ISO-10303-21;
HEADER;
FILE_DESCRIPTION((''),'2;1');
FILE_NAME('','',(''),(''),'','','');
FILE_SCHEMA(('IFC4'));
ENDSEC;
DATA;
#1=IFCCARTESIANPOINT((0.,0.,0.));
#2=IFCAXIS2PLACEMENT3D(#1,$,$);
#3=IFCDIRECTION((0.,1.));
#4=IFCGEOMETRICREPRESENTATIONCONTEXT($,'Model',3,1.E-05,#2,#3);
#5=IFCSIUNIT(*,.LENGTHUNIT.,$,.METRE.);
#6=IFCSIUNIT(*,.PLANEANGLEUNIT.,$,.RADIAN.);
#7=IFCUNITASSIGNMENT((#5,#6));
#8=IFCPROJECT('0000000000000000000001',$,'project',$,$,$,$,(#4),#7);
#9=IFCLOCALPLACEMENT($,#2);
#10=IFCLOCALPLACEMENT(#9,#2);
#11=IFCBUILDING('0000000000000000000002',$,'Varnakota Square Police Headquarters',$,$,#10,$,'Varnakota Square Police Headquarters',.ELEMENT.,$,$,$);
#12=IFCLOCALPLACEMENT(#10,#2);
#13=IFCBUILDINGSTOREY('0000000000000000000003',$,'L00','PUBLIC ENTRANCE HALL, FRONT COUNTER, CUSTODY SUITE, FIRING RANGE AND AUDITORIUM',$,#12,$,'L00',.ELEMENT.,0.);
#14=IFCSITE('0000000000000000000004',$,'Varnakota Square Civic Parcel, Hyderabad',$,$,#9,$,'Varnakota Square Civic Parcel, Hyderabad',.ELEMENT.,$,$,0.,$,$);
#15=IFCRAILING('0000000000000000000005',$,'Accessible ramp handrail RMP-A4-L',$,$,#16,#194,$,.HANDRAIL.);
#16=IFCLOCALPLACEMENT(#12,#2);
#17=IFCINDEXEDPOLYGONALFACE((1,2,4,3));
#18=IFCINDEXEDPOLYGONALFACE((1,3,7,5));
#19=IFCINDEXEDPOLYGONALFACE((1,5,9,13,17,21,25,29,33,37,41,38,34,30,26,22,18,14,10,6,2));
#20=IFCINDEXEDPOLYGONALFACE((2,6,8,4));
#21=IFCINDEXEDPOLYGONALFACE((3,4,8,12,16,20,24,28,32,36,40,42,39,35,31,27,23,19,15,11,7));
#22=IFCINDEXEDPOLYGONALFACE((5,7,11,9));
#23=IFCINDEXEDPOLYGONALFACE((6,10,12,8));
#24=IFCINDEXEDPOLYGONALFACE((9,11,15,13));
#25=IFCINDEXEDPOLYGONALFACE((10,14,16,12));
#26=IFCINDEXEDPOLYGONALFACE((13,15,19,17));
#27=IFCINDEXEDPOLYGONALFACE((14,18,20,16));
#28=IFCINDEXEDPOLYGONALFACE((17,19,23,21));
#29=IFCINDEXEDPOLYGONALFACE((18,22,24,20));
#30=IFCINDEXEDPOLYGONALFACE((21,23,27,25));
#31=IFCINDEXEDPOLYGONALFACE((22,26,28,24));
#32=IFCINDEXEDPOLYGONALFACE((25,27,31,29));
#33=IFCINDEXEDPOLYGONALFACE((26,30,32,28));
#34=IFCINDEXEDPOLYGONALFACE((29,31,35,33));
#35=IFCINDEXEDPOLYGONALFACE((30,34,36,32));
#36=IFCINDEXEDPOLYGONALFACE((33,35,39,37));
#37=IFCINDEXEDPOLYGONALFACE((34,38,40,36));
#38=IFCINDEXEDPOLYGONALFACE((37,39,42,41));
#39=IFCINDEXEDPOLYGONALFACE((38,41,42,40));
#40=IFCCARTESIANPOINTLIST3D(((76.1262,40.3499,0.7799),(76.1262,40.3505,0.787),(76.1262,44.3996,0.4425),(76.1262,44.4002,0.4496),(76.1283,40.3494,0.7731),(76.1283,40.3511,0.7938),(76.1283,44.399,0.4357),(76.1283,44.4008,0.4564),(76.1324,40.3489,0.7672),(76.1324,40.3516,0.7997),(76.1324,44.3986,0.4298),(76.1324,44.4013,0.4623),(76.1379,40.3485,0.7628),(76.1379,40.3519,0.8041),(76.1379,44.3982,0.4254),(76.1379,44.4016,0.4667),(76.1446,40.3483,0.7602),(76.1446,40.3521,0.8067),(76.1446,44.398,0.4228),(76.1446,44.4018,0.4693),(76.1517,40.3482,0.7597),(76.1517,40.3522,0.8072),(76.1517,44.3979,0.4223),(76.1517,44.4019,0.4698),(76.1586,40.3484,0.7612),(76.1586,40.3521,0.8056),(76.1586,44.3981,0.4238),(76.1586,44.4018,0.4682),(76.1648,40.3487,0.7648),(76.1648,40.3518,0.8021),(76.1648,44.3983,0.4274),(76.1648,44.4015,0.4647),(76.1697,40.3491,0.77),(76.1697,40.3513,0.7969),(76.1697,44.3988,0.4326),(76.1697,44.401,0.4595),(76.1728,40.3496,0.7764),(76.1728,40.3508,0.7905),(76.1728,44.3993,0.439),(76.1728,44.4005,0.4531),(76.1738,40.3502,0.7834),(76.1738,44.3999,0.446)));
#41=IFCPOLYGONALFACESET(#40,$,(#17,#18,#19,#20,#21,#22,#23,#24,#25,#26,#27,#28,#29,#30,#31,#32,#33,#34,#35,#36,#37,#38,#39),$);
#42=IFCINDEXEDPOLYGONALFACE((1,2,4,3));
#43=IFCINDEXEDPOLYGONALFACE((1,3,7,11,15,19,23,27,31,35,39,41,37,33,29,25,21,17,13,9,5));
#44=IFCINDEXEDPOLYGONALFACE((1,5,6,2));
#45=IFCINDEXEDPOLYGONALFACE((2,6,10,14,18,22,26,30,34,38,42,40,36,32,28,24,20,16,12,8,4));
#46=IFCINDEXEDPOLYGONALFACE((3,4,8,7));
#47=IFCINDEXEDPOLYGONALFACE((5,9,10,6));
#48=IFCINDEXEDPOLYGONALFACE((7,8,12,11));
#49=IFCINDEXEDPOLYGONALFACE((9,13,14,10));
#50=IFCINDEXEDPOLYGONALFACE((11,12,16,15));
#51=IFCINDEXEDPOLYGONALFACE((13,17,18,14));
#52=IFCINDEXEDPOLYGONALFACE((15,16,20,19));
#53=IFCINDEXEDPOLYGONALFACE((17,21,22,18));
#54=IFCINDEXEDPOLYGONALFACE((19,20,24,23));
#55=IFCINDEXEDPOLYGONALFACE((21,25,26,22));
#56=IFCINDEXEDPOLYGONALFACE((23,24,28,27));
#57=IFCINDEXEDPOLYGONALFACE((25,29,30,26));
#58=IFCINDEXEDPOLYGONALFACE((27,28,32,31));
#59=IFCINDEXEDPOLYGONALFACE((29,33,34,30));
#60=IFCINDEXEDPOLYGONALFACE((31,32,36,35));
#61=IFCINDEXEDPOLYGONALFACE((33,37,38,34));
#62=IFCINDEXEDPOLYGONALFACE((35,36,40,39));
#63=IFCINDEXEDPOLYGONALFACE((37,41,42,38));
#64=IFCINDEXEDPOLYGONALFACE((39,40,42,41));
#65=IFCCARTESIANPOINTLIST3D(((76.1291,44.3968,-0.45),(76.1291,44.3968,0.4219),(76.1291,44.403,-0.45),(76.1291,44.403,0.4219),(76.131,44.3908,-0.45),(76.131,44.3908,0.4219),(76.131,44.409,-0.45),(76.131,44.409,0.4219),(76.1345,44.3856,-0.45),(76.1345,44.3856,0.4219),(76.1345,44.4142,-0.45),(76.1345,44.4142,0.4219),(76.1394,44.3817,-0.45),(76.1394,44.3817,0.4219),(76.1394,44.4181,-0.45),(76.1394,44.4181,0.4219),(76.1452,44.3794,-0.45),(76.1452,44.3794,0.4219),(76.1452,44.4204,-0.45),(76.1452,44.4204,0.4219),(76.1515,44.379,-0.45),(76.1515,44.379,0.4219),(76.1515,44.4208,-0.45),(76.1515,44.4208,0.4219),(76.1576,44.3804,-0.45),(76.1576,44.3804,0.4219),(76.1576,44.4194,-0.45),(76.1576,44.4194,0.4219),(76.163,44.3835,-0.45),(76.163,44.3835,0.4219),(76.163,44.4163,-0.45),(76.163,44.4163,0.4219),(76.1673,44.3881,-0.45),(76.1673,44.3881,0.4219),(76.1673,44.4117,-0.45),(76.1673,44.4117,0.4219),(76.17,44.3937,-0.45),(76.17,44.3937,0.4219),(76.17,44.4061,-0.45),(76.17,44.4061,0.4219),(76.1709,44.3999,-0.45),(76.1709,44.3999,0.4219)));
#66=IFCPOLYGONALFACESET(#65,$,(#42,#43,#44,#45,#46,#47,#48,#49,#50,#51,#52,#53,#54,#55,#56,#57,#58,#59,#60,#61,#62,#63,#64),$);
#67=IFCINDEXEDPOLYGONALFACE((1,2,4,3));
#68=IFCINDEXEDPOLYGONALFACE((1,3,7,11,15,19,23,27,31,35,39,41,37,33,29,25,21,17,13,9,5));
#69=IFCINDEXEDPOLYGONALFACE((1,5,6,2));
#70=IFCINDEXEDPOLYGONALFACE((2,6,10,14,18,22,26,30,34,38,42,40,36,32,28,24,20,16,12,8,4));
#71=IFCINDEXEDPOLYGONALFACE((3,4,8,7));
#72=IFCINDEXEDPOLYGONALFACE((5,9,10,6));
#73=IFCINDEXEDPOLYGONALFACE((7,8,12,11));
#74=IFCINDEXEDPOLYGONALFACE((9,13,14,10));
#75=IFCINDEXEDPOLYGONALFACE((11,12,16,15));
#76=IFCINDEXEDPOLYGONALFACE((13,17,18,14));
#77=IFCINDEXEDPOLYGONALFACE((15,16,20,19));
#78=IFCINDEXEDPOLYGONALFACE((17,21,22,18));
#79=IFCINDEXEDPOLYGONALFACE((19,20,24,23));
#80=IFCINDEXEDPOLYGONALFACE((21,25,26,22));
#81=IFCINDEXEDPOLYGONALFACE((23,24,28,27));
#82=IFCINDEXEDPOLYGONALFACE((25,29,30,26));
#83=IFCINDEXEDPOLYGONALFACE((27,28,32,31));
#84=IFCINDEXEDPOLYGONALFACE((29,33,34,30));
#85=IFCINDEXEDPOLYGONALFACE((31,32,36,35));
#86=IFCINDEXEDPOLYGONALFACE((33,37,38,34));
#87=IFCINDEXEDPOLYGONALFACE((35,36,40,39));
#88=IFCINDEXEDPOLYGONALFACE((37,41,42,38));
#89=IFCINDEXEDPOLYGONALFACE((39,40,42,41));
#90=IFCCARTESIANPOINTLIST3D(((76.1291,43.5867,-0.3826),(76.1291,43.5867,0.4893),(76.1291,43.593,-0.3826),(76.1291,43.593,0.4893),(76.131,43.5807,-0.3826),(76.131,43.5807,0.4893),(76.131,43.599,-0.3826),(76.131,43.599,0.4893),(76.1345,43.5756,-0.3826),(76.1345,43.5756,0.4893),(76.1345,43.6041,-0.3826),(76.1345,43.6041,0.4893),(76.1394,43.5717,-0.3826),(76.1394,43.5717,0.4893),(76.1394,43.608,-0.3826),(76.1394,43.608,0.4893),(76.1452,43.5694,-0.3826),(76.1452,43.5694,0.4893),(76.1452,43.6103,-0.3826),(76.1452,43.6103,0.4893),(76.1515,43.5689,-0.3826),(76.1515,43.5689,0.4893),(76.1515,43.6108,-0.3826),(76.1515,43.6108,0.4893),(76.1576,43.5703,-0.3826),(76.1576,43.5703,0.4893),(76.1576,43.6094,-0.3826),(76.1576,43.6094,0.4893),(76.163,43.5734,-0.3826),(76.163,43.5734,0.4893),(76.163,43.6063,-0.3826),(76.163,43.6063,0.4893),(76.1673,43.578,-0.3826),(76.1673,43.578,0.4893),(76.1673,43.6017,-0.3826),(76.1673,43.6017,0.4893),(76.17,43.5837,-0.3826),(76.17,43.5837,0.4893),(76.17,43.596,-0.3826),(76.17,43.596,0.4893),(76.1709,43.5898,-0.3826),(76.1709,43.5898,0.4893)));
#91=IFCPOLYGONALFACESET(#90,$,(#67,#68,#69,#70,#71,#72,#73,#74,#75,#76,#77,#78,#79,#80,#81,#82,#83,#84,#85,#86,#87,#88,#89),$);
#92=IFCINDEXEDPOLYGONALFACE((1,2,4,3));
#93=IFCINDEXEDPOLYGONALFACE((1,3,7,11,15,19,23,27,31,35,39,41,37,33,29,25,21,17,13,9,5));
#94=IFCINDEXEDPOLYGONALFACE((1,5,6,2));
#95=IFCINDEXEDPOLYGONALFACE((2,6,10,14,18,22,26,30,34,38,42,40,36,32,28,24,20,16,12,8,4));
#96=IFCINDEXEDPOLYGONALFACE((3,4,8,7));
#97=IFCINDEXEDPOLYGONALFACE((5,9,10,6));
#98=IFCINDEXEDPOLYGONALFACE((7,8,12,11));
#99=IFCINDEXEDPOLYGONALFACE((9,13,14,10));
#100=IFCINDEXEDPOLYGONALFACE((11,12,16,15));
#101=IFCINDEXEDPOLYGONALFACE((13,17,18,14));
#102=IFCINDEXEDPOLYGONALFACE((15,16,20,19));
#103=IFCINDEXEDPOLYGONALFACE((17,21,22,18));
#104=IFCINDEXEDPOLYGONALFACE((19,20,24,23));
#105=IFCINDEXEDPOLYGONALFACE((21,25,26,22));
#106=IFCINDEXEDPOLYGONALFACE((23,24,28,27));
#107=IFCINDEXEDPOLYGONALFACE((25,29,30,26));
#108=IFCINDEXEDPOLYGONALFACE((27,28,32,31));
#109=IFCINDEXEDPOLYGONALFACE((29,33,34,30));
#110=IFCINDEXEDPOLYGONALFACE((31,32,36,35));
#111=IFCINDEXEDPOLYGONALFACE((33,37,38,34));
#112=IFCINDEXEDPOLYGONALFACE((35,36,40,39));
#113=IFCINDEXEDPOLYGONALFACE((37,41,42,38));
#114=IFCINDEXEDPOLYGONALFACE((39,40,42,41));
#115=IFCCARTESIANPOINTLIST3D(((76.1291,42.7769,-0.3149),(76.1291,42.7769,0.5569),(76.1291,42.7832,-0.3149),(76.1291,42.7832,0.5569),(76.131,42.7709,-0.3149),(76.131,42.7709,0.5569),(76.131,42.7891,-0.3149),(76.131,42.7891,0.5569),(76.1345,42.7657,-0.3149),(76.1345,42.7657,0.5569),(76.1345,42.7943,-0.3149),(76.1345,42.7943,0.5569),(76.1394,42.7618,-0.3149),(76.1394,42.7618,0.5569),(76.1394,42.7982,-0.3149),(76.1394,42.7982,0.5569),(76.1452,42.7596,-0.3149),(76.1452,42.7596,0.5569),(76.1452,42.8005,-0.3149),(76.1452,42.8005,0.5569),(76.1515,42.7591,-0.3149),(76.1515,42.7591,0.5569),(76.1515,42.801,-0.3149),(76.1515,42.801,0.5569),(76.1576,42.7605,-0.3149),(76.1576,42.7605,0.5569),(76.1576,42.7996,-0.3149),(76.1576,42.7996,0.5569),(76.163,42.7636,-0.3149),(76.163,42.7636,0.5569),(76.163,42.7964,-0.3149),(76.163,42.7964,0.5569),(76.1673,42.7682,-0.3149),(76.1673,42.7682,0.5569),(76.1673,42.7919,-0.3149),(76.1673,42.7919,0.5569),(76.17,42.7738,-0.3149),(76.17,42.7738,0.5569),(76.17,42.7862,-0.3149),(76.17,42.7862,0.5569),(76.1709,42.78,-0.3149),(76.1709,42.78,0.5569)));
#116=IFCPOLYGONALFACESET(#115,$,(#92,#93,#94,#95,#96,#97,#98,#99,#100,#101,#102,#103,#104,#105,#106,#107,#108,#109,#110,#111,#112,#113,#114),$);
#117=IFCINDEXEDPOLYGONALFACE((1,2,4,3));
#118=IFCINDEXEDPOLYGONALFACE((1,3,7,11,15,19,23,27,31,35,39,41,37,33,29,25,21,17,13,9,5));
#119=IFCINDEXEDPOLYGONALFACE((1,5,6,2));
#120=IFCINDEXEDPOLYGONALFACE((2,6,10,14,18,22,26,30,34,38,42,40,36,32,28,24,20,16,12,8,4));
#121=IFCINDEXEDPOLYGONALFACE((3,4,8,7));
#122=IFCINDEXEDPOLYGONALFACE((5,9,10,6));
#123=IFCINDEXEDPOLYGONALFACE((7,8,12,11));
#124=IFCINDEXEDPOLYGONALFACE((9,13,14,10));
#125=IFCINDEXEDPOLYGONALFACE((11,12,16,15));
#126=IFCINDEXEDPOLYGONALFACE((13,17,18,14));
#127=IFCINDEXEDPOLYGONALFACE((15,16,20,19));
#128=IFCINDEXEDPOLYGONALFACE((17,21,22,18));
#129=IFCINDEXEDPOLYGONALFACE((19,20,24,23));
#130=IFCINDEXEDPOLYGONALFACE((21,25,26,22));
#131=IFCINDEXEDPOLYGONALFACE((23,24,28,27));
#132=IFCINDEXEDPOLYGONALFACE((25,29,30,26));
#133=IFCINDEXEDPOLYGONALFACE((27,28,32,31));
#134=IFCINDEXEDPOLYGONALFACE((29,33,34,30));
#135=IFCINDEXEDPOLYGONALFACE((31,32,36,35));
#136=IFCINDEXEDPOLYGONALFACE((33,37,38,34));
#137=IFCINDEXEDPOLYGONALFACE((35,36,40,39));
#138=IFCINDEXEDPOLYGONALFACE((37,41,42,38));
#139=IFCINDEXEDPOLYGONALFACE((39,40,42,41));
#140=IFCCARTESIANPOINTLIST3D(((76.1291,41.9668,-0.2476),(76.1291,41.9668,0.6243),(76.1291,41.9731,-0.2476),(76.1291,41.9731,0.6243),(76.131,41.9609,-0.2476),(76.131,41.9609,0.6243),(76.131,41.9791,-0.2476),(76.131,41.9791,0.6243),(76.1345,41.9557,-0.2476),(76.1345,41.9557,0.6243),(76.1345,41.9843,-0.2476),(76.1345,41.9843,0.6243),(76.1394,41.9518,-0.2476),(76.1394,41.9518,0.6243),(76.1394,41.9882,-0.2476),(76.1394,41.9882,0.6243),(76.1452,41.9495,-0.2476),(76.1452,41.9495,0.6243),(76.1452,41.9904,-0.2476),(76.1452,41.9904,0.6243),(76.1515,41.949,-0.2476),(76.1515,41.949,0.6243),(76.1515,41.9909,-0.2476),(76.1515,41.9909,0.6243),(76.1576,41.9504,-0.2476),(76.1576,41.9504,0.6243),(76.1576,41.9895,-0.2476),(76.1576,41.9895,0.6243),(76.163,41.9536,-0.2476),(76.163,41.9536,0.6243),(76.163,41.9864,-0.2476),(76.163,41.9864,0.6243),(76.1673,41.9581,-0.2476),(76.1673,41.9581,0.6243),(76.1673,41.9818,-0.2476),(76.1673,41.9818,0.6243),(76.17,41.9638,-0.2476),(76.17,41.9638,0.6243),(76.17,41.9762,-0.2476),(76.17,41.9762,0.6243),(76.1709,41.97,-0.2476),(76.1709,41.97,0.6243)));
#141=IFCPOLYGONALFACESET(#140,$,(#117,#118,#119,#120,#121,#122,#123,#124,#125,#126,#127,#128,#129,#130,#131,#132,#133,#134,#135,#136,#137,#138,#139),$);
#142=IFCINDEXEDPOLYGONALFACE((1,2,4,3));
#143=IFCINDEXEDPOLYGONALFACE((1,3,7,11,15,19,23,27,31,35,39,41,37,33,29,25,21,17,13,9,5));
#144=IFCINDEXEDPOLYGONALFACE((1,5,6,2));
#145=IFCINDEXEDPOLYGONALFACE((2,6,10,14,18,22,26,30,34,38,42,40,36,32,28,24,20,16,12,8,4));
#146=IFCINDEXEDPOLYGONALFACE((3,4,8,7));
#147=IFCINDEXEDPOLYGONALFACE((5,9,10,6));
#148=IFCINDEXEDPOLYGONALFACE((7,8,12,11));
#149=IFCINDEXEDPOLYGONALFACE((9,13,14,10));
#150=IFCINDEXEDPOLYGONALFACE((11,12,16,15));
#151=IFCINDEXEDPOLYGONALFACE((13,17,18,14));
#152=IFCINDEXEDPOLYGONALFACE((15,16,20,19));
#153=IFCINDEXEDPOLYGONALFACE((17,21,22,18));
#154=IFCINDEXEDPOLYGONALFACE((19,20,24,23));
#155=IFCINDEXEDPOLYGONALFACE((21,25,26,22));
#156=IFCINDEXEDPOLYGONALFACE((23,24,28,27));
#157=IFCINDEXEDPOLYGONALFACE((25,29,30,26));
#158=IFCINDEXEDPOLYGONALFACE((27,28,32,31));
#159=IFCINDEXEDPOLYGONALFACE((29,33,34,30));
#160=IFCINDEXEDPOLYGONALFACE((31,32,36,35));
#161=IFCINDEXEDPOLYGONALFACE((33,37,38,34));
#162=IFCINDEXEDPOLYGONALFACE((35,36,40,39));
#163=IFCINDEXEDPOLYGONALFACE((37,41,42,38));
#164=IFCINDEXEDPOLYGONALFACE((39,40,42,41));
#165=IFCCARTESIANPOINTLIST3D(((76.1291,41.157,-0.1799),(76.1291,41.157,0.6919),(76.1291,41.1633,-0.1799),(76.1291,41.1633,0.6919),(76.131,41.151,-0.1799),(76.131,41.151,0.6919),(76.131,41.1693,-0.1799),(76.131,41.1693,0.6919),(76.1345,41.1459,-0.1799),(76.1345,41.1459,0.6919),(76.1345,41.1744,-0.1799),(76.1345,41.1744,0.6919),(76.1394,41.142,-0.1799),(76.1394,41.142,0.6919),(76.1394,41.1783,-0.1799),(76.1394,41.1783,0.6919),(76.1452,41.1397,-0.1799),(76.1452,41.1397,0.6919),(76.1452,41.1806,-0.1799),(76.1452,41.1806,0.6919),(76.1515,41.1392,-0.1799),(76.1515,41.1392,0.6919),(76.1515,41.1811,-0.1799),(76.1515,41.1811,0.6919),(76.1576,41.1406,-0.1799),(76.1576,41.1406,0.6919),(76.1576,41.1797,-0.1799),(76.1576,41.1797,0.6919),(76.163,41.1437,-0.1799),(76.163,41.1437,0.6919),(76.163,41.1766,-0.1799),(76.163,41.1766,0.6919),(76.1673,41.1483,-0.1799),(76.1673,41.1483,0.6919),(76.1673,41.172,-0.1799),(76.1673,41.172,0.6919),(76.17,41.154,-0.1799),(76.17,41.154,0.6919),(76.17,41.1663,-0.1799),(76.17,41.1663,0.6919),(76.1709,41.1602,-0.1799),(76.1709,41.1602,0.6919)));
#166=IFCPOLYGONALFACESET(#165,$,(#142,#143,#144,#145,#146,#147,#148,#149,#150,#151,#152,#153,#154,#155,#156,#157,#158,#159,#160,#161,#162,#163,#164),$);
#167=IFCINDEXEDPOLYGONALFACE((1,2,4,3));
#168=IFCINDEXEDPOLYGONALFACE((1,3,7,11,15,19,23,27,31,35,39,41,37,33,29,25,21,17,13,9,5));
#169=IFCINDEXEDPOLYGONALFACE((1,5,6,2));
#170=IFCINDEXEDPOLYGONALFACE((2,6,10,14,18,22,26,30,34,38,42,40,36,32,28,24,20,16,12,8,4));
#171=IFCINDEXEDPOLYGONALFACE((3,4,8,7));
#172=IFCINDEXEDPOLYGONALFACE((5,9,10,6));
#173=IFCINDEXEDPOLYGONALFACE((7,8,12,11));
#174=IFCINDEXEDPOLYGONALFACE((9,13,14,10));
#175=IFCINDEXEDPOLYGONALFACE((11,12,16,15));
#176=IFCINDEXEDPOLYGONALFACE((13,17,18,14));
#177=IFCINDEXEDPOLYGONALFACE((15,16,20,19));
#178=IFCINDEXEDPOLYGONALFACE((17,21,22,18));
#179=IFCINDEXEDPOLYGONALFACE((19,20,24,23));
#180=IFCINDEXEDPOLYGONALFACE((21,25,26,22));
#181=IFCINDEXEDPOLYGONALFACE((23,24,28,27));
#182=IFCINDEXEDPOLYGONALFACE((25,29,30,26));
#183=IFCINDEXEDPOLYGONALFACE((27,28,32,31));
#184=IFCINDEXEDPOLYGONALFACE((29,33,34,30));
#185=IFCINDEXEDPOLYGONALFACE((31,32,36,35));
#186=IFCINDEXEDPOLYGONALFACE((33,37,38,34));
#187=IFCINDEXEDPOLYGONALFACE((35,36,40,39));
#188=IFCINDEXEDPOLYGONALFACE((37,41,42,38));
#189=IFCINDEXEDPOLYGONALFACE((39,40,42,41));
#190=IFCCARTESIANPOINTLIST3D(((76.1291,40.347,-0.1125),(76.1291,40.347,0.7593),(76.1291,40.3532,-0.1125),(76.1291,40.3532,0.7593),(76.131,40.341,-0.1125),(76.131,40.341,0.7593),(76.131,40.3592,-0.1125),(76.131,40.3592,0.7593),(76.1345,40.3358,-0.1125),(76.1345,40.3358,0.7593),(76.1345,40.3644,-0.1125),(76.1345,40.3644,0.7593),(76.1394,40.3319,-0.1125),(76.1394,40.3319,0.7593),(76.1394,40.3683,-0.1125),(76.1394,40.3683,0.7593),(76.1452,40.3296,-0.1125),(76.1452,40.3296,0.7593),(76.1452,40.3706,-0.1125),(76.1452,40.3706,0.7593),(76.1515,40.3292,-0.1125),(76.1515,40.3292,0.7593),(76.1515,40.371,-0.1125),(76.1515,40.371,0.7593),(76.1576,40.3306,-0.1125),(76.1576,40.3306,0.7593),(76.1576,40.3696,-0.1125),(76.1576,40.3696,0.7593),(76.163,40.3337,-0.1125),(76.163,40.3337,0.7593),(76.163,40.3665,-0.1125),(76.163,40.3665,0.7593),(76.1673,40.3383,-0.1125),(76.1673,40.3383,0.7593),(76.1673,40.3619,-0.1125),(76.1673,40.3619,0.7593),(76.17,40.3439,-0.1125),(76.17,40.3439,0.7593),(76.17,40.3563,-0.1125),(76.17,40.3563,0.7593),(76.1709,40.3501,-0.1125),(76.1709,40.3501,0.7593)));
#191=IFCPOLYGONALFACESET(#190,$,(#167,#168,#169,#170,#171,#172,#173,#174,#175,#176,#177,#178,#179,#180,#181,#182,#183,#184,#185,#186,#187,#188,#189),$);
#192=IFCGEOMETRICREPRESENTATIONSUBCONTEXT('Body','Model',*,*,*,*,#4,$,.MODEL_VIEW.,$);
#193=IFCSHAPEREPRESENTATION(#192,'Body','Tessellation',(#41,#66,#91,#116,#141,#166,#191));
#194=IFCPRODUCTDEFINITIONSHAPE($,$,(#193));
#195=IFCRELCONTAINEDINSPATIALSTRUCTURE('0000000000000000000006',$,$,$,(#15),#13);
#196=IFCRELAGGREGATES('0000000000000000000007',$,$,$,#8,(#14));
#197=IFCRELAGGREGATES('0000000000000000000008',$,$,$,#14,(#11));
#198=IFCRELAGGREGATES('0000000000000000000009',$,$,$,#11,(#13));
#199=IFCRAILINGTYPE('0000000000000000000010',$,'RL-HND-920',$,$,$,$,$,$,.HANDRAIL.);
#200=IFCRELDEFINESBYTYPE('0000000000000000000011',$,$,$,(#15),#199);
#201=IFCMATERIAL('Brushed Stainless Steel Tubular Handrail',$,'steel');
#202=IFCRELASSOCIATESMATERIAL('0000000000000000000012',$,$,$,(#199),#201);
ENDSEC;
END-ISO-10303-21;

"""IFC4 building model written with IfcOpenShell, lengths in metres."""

from ifc_helpers import new_model, si_unit, direction, frame, origin, origin_2d, place, context, subcontext, project, spatial, circle, extrude, material, type_object, element, save


model = new_model("IFC4")

# Units and contexts
model_context = context("Model", 3, precision=1e-05, world=origin(), true_north=direction((0.0, 1.0)))
body_context = subcontext(model_context, "Body", "Model", "MODEL_VIEW")
ifc_project = project(units=[si_unit("LENGTHUNIT", "METRE"), si_unit("PLANEANGLEUNIT", "RADIAN")], contexts=[model_context])

# Site, building, storey
site_placement = place(None, origin())
site = spatial("IfcSite", under=ifc_project, at=site_placement, Name="Varnakota Square Civic Parcel, Hyderabad", LongName="Varnakota Square Civic Parcel, Hyderabad", CompositionType="ELEMENT", RefElevation=0.0)
building_placement = place(site_placement, origin())
building = spatial("IfcBuilding", under=site, at=building_placement, Name="Varnakota Square Police Headquarters", LongName="Varnakota Square Police Headquarters", CompositionType="ELEMENT")
storey_placement = place(building_placement, origin())
storey = spatial("IfcBuildingStorey", under=building, at=storey_placement, Name="L00", Description="PUBLIC ENTRANCE HALL, FRONT COUNTER, CUSTODY SUITE, FIRING RANGE AND AUDITORIUM", LongName="L00", CompositionType="ELEMENT", Elevation=0.0)

# Railing
ifc_material_1 = material(Name="Brushed Stainless Steel Tubular Handrail", Category="steel")
railing_type = type_object("IfcRailingType", Name="RL-HND-920", PredefinedType="HANDRAIL", material=ifc_material_1)
railing_placement = place(storey_placement, frame((76.1499, 44.3999, -0.45)))
element("IfcRailing", 1, at=railing_placement, inside=storey, type_object=railing_type, Name="Accessible ramp handrail RMP-A4-L", PredefinedType="HANDRAIL", context=body_context, shape_type="SweptSolid", body=[
    extrude(circle(Radius=0.0239, at=origin_2d()), frame((0.0, 0.0, 0.896), z_axis=(0.0, -0.996547, 0.083026), x_axis=(1.0, 0.0, 0.0)), (0.0, 0.0, 1.0), 4.0637),
    extrude(circle(Radius=0.021, at=origin_2d()), origin(), (0.0, 0.0, 1.0), 0.8718),
    extrude(circle(Radius=0.021, at=origin_2d()), frame((0.0, -0.8101, 0.0674)), (0.0, 0.0, 1.0), 0.8718),
    extrude(circle(Radius=0.021, at=origin_2d()), frame((0.0, -1.6199, 0.135)), (0.0, 0.0, 1.0), 0.8718),
    extrude(circle(Radius=0.021, at=origin_2d()), frame((0.0, -2.4299, 0.2024)), (0.0, 0.0, 1.0), 0.8718),
    extrude(circle(Radius=0.021, at=origin_2d()), frame((0.0, -3.2397, 0.27)), (0.0, 0.0, 1.0), 0.8718),
    extrude(circle(Radius=0.021, at=origin_2d()), frame((0.0, -4.0498, 0.3374)), (0.0, 0.0, 1.0), 0.8718),
])

save(model, "model.ifc")
